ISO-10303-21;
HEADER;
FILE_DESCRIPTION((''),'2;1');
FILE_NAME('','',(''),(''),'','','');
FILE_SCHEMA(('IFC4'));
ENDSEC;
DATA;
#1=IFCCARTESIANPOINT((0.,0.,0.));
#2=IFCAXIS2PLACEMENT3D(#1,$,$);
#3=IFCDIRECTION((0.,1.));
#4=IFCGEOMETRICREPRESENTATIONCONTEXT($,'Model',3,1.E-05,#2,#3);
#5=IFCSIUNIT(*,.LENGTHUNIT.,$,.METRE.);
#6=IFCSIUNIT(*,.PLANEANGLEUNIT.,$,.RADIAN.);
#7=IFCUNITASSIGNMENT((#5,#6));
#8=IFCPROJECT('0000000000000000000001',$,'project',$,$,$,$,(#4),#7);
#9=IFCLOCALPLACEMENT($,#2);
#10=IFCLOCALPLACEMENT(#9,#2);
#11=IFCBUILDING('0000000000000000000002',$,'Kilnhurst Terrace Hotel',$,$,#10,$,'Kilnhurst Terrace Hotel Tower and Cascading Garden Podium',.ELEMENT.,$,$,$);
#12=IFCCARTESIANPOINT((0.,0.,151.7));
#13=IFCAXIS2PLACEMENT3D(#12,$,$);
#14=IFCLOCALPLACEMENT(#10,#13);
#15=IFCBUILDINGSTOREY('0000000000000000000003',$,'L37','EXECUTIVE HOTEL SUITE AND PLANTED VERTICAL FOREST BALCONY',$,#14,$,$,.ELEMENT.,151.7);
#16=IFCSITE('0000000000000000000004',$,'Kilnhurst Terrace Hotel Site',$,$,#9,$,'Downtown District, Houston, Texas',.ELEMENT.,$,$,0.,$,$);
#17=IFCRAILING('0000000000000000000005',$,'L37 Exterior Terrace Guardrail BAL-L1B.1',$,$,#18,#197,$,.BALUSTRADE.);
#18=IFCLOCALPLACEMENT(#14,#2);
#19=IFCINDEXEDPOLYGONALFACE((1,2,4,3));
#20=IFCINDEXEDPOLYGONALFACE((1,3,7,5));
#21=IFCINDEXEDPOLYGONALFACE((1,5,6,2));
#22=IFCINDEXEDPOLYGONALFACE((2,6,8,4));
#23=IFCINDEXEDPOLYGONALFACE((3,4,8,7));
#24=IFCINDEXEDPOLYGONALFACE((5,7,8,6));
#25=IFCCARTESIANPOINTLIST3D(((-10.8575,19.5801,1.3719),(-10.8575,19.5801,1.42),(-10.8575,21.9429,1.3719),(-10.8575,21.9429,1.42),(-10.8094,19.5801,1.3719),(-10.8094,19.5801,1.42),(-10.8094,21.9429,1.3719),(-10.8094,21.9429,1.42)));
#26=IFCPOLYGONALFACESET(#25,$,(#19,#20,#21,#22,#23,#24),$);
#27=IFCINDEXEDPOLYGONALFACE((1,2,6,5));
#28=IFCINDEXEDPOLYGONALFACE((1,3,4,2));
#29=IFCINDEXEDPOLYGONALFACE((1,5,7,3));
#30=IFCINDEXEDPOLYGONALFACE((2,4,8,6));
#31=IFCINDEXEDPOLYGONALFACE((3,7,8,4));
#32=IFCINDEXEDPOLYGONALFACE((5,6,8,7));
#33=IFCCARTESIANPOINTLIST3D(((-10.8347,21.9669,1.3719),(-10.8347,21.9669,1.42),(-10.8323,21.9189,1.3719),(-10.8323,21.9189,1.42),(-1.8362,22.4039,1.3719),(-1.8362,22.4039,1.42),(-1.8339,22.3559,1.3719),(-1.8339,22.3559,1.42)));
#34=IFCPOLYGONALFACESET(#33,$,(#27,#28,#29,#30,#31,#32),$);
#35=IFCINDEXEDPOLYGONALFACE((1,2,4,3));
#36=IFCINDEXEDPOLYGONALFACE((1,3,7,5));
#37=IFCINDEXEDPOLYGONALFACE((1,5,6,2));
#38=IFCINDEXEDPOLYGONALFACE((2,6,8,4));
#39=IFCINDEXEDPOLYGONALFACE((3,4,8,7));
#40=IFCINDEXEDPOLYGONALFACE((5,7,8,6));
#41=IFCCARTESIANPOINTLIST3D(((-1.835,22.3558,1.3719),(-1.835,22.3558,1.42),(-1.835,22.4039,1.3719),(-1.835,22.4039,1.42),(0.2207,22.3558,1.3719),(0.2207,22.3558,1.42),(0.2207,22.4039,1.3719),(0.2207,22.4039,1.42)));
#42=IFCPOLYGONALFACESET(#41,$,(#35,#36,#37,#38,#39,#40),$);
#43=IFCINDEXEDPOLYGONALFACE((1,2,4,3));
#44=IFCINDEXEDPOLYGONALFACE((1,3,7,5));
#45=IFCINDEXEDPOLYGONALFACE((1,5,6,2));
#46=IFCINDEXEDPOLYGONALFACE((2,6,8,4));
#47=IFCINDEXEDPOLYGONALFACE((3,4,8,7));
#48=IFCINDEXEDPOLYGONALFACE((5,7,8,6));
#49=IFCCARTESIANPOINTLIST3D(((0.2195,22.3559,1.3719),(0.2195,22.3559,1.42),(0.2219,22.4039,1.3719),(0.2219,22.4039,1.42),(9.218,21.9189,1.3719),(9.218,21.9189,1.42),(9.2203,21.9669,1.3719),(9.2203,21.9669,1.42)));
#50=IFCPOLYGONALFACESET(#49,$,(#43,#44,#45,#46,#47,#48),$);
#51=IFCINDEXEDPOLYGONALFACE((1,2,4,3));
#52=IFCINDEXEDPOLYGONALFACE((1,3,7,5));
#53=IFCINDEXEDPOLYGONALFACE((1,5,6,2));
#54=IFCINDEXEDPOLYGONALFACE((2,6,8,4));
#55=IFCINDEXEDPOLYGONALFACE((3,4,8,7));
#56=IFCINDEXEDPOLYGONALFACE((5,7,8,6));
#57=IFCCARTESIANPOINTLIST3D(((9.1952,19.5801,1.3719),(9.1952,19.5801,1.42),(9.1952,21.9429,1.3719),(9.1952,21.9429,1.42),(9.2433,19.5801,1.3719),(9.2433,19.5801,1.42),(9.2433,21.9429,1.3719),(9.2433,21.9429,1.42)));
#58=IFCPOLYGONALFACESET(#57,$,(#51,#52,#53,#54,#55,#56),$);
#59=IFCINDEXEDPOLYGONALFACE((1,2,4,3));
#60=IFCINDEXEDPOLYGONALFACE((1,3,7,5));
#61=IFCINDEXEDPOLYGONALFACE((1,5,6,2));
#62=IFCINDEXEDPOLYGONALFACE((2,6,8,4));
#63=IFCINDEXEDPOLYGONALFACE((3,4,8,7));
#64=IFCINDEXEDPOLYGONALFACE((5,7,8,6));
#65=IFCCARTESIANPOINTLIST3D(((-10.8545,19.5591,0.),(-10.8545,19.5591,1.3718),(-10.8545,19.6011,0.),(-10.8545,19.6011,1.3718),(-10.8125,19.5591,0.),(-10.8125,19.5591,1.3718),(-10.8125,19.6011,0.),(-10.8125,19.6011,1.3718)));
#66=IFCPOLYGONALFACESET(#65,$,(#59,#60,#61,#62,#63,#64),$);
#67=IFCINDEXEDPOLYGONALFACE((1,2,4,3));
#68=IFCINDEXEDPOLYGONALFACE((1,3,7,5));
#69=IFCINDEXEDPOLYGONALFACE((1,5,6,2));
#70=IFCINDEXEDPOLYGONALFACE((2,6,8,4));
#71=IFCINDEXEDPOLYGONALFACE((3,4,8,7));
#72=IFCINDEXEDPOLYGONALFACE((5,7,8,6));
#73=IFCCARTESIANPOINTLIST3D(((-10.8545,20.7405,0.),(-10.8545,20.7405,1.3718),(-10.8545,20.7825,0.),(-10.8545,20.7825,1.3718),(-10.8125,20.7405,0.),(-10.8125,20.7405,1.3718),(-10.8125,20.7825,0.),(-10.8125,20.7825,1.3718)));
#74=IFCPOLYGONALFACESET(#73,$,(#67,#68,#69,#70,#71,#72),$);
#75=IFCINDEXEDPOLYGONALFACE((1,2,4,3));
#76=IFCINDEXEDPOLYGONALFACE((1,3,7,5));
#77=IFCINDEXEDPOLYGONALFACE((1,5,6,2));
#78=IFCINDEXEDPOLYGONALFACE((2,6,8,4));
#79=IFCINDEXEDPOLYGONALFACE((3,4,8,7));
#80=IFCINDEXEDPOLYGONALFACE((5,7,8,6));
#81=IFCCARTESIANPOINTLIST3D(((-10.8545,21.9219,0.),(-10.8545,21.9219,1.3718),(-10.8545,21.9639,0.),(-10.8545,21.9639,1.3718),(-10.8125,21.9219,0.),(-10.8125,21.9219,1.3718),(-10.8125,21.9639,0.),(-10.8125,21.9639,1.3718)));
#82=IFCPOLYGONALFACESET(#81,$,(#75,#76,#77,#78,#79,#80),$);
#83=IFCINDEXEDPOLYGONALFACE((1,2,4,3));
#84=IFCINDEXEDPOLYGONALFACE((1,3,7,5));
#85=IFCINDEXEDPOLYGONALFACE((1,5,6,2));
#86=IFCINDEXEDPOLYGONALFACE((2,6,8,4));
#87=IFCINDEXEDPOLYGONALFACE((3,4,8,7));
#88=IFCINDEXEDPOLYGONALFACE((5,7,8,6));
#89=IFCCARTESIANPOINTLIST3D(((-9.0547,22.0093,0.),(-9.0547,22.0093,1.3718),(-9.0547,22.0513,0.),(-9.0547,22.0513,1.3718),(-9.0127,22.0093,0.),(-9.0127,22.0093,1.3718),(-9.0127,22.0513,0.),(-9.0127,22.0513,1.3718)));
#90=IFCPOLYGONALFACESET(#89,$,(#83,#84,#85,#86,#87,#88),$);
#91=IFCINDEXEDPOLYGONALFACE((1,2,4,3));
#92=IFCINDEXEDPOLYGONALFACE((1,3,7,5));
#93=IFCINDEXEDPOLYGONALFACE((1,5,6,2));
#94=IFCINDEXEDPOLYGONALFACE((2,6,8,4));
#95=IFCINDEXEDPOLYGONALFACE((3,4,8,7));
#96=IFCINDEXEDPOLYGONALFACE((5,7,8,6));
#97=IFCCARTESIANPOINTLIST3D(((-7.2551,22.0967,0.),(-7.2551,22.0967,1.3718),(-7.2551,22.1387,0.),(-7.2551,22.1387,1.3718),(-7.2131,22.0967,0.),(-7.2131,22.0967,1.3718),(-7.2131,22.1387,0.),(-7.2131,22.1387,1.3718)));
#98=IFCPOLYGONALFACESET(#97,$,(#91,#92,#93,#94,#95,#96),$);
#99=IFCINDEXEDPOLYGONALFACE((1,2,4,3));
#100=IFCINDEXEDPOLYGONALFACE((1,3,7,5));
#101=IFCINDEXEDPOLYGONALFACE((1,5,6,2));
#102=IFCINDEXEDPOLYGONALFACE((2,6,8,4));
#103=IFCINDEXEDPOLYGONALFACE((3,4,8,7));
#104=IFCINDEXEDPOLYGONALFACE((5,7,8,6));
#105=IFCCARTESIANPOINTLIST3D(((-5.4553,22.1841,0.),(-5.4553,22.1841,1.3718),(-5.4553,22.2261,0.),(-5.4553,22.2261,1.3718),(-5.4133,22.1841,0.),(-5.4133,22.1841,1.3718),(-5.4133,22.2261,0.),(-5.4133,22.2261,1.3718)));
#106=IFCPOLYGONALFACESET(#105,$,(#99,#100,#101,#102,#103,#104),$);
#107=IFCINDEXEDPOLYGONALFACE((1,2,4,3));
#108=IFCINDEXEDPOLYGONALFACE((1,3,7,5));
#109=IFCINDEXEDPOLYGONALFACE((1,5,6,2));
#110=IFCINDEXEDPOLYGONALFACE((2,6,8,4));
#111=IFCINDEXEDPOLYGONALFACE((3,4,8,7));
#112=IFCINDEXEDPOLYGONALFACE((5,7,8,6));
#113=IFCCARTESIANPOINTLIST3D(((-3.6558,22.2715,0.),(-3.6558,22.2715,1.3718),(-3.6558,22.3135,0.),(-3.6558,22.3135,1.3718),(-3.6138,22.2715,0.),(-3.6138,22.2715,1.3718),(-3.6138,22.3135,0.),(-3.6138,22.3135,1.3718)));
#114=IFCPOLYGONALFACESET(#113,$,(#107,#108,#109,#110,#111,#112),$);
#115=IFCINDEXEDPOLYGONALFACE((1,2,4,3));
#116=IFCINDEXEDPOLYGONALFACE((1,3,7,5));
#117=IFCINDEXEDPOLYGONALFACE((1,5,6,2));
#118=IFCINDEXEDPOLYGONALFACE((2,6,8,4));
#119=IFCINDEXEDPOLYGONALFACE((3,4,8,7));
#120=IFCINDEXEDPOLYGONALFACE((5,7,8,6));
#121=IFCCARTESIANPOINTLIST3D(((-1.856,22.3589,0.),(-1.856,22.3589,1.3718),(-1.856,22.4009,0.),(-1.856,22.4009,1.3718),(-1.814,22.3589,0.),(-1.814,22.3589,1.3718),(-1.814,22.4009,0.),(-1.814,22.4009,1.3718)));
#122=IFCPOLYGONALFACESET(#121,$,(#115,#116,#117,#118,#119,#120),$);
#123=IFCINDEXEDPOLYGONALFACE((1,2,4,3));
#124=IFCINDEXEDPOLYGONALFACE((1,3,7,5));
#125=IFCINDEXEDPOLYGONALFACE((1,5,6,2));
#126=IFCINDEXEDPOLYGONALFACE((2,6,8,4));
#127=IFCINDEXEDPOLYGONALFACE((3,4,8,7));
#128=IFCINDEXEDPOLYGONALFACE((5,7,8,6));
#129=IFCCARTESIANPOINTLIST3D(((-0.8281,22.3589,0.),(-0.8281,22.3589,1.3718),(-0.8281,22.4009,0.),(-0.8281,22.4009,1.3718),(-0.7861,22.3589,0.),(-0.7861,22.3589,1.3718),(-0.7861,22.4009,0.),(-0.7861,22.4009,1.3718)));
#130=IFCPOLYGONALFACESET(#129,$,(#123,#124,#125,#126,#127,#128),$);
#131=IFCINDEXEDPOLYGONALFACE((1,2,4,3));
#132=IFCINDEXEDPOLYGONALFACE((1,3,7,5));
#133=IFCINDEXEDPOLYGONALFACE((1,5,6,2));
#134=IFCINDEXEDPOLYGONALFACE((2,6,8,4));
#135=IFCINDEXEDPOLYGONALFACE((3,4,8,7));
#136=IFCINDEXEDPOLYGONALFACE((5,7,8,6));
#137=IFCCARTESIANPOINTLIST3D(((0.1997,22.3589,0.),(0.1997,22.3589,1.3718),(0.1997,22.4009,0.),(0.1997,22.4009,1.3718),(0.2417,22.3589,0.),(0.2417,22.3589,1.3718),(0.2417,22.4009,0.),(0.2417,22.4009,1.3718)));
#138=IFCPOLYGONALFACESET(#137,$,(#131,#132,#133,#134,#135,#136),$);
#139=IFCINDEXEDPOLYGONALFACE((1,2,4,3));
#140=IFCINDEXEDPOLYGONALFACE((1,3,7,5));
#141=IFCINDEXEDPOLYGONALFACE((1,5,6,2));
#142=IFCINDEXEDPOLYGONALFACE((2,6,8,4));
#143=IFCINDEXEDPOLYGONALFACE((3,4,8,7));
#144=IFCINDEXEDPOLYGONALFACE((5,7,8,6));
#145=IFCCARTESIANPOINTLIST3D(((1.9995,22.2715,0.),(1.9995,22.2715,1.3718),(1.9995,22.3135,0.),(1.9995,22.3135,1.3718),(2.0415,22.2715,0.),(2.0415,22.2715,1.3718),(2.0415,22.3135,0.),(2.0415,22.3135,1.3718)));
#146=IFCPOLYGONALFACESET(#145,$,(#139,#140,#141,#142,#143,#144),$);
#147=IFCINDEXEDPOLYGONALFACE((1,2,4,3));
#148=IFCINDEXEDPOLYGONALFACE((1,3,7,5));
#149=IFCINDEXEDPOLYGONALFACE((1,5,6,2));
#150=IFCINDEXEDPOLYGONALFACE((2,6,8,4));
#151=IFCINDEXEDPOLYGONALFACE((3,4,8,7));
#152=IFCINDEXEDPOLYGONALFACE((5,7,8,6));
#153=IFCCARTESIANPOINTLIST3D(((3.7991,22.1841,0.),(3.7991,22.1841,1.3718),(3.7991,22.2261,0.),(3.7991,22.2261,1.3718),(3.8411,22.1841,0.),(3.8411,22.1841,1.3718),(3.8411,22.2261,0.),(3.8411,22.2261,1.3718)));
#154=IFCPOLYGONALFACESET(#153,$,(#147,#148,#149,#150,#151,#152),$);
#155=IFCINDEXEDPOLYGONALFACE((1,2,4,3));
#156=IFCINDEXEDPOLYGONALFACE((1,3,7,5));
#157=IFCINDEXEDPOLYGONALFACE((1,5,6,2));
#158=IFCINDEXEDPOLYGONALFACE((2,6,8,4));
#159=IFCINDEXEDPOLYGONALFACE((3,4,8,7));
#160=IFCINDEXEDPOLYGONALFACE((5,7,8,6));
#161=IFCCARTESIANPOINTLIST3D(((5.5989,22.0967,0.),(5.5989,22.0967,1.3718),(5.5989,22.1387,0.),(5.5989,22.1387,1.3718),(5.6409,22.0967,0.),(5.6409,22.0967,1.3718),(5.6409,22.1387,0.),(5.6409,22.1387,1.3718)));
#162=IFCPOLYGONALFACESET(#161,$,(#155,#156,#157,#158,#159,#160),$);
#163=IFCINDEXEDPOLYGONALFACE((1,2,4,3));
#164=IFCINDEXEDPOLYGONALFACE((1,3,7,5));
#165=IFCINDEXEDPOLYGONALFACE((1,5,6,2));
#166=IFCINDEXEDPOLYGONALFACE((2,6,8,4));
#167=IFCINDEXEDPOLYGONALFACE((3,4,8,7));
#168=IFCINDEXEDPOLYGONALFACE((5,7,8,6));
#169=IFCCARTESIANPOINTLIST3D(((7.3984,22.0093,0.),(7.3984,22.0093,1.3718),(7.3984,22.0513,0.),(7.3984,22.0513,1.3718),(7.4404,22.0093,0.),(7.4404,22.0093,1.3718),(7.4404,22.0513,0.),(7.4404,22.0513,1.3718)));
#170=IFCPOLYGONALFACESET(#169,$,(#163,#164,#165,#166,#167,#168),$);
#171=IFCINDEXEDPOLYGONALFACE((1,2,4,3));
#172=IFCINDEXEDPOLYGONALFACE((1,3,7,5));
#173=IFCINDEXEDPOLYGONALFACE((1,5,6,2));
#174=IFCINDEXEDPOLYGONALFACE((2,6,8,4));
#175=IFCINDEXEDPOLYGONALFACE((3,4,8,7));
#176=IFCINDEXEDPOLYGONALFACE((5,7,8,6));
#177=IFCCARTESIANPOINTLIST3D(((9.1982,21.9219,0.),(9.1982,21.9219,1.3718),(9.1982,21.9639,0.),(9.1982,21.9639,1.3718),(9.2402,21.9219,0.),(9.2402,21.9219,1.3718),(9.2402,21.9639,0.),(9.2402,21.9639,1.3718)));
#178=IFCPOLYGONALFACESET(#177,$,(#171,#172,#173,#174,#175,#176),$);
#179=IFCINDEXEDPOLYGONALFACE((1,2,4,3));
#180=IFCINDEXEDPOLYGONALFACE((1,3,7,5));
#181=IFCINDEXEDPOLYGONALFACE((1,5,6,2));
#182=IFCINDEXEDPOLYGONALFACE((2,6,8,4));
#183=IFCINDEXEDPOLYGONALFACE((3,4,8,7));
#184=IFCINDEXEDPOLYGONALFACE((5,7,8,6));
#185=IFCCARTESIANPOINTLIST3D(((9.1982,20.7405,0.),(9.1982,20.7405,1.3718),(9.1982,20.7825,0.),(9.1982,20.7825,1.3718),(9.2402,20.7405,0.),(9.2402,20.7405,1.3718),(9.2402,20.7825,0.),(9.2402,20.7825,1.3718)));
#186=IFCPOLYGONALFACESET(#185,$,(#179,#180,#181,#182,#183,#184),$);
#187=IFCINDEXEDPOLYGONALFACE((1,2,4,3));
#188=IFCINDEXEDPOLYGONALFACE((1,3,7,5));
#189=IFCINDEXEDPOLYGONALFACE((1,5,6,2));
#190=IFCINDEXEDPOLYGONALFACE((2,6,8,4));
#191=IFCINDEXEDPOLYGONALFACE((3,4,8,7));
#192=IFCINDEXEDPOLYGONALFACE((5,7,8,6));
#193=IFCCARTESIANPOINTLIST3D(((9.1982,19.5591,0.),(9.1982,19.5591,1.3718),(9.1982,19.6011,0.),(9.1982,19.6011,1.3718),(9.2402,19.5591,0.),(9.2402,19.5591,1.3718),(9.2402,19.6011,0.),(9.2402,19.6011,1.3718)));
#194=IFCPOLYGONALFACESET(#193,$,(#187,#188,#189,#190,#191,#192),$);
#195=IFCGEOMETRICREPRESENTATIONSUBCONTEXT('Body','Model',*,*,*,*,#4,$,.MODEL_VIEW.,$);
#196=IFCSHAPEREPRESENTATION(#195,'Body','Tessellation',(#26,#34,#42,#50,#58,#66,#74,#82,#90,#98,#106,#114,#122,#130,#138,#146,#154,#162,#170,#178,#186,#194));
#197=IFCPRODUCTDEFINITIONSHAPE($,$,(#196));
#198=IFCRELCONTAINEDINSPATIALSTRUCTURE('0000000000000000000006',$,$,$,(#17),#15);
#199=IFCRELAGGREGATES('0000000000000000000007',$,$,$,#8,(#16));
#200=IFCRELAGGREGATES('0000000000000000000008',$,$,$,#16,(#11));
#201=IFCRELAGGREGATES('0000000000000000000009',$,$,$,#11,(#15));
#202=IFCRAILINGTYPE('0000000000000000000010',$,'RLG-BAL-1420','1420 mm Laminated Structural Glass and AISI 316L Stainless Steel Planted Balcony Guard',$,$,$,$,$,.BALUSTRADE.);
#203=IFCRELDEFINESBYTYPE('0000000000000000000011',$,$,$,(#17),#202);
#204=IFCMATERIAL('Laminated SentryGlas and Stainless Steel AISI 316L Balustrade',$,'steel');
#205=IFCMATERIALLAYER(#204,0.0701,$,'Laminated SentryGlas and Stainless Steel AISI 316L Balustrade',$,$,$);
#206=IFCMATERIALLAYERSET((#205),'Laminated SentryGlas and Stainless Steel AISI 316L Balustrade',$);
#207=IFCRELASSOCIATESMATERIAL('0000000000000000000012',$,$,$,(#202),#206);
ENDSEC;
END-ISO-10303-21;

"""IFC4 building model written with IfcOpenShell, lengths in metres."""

from ifc_helpers import new_model, si_unit, direction, frame, origin, origin_2d, place, context, subcontext, project, spatial, rectangle, extrude, material, layer, layer_set, type_object, element, save


model = new_model("IFC4")

# Units and contexts
model_context = context("Model", 3, precision=1e-05, world=origin(), true_north=direction((0.0, 1.0)))
body_context = subcontext(model_context, "Body", "Model", "MODEL_VIEW")
ifc_project = project(units=[si_unit("LENGTHUNIT", "METRE"), si_unit("PLANEANGLEUNIT", "RADIAN")], contexts=[model_context])

# Site, building, storey
site_placement = place(None, origin())
site = spatial("IfcSite", under=ifc_project, at=site_placement, Name="Kilnhurst Terrace Hotel Site", LongName="Downtown District, Houston, Texas", CompositionType="ELEMENT", RefElevation=0.0)
building_placement = place(site_placement, origin())
building = spatial("IfcBuilding", under=site, at=building_placement, Name="Kilnhurst Terrace Hotel", LongName="Kilnhurst Terrace Hotel Tower and Cascading Garden Podium", CompositionType="ELEMENT")
storey_placement = place(building_placement, frame((0.0, 0.0, 151.7)))
storey = spatial("IfcBuildingStorey", under=building, at=storey_placement, Name="L37", Description="EXECUTIVE HOTEL SUITE AND PLANTED VERTICAL FOREST BALCONY", CompositionType="ELEMENT", Elevation=151.7)

# Railing
ifc_material_1 = material(Name="Laminated SentryGlas and Stainless Steel AISI 316L Balustrade", Category="steel")
ifc_layer_1 = layer(ifc_material_1, 0.0701, Name="Laminated SentryGlas and Stainless Steel AISI 316L Balustrade")
ifc_layer_set_1 = layer_set([ifc_layer_1], Name="Laminated SentryGlas and Stainless Steel AISI 316L Balustrade")
railing_type = type_object("IfcRailingType", Name="RLG-BAL-1420", Description="1420 mm Laminated Structural Glass and AISI 316L Stainless Steel Planted Balcony Guard", PredefinedType="BALUSTRADE", material=ifc_layer_set_1)
railing_placement = place(storey_placement, frame((-10.8335, 19.5801, 0.0)))
element("IfcRailing", 1, at=railing_placement, inside=storey, type_object=railing_type, Name="L37 Exterior Terrace Guardrail BAL-L1B.1", PredefinedType="BALUSTRADE", context=body_context, shape_type="SweptSolid", body=[
    extrude(rectangle(XDim=0.0481, YDim=0.0481, at=origin_2d()), frame((0.0, 0.0, 1.396), z_axis=(0.0, 1.0, 0.0), x_axis=(-1.0, 0.0, 0.0)), (0.0, 0.0, 1.0), 2.3628),
    extrude(rectangle(XDim=0.0481, YDim=0.0481, at=origin_2d()), frame((0.0, 2.3628, 1.396), z_axis=(0.998823, 0.048508, 0.0), x_axis=(-0.048508, 0.998823, 0.0)), (0.0, 0.0, 1.0), 9.009),
    extrude(rectangle(XDim=0.0481, YDim=0.0481, at=origin_2d()), frame((8.9985, 2.7998, 1.396), z_axis=(1.0, 0.0, 0.0), x_axis=(0.0, 1.0, 0.0)), (0.0, 0.0, 1.0), 2.0557),
    extrude(rectangle(XDim=0.0481, YDim=0.0481, at=origin_2d()), frame((11.0542, 2.7998, 1.396), z_axis=(0.998823, -0.048508, 0.0), x_axis=(0.048508, 0.998823, 0.0)), (0.0, 0.0, 1.0), 9.009),
    extrude(rectangle(XDim=0.0481, YDim=0.0481, at=origin_2d()), frame((20.0527, 2.3628, 1.396), z_axis=(0.0, -1.0, 0.0), x_axis=(1.0, 0.0, 0.0)), (0.0, 0.0, 1.0), 2.3628),
    extrude(rectangle(XDim=0.042, YDim=0.042, at=origin_2d()), origin(), (0.0, 0.0, 1.0), 1.3718),
    extrude(rectangle(XDim=0.042, YDim=0.042, at=origin_2d()), frame((0.0, 1.1814, 0.0)), (0.0, 0.0, 1.0), 1.3718),
    extrude(rectangle(XDim=0.042, YDim=0.042, at=origin_2d()), frame((0.0, 2.3628, 0.0)), (0.0, 0.0, 1.0), 1.3718),
    extrude(rectangle(XDim=0.042, YDim=0.042, at=origin_2d()), frame((1.7998, 2.4502, 0.0)), (0.0, 0.0, 1.0), 1.3718),
    extrude(rectangle(XDim=0.042, YDim=0.042, at=origin_2d()), frame((3.5994, 2.5376, 0.0)), (0.0, 0.0, 1.0), 1.3718),
    extrude(rectangle(XDim=0.042, YDim=0.042, at=origin_2d()), frame((5.3992, 2.625, 0.0)), (0.0, 0.0, 1.0), 1.3718),
    extrude(rectangle(XDim=0.042, YDim=0.042, at=origin_2d()), frame((7.1987, 2.7124, 0.0)), (0.0, 0.0, 1.0), 1.3718),
    extrude(rectangle(XDim=0.042, YDim=0.042, at=origin_2d()), frame((8.9985, 2.7998, 0.0)), (0.0, 0.0, 1.0), 1.3718),
    extrude(rectangle(XDim=0.042, YDim=0.042, at=origin_2d()), frame((10.0264, 2.7998, 0.0)), (0.0, 0.0, 1.0), 1.3718),
    extrude(rectangle(XDim=0.042, YDim=0.042, at=origin_2d()), frame((11.0542, 2.7998, 0.0)), (0.0, 0.0, 1.0), 1.3718),
    extrude(rectangle(XDim=0.042, YDim=0.042, at=origin_2d()), frame((12.854, 2.7124, 0.0)), (0.0, 0.0, 1.0), 1.3718),
    extrude(rectangle(XDim=0.042, YDim=0.042, at=origin_2d()), frame((14.6536, 2.625, 0.0)), (0.0, 0.0, 1.0), 1.3718),
    extrude(rectangle(XDim=0.042, YDim=0.042, at=origin_2d()), frame((16.4534, 2.5376, 0.0)), (0.0, 0.0, 1.0), 1.3718),
    extrude(rectangle(XDim=0.042, YDim=0.042, at=origin_2d()), frame((18.2529, 2.4502, 0.0)), (0.0, 0.0, 1.0), 1.3718),
    extrude(rectangle(XDim=0.042, YDim=0.042, at=origin_2d()), frame((20.0527, 2.3628, 0.0)), (0.0, 0.0, 1.0), 1.3718),
    extrude(rectangle(XDim=0.042, YDim=0.042, at=origin_2d()), frame((20.0527, 1.1814, 0.0)), (0.0, 0.0, 1.0), 1.3718),
    extrude(rectangle(XDim=0.042, YDim=0.042, at=origin_2d()), frame((20.0527, 0.0, 0.0)), (0.0, 0.0, 1.0), 1.3718),
])

save(model, "model.ifc")
